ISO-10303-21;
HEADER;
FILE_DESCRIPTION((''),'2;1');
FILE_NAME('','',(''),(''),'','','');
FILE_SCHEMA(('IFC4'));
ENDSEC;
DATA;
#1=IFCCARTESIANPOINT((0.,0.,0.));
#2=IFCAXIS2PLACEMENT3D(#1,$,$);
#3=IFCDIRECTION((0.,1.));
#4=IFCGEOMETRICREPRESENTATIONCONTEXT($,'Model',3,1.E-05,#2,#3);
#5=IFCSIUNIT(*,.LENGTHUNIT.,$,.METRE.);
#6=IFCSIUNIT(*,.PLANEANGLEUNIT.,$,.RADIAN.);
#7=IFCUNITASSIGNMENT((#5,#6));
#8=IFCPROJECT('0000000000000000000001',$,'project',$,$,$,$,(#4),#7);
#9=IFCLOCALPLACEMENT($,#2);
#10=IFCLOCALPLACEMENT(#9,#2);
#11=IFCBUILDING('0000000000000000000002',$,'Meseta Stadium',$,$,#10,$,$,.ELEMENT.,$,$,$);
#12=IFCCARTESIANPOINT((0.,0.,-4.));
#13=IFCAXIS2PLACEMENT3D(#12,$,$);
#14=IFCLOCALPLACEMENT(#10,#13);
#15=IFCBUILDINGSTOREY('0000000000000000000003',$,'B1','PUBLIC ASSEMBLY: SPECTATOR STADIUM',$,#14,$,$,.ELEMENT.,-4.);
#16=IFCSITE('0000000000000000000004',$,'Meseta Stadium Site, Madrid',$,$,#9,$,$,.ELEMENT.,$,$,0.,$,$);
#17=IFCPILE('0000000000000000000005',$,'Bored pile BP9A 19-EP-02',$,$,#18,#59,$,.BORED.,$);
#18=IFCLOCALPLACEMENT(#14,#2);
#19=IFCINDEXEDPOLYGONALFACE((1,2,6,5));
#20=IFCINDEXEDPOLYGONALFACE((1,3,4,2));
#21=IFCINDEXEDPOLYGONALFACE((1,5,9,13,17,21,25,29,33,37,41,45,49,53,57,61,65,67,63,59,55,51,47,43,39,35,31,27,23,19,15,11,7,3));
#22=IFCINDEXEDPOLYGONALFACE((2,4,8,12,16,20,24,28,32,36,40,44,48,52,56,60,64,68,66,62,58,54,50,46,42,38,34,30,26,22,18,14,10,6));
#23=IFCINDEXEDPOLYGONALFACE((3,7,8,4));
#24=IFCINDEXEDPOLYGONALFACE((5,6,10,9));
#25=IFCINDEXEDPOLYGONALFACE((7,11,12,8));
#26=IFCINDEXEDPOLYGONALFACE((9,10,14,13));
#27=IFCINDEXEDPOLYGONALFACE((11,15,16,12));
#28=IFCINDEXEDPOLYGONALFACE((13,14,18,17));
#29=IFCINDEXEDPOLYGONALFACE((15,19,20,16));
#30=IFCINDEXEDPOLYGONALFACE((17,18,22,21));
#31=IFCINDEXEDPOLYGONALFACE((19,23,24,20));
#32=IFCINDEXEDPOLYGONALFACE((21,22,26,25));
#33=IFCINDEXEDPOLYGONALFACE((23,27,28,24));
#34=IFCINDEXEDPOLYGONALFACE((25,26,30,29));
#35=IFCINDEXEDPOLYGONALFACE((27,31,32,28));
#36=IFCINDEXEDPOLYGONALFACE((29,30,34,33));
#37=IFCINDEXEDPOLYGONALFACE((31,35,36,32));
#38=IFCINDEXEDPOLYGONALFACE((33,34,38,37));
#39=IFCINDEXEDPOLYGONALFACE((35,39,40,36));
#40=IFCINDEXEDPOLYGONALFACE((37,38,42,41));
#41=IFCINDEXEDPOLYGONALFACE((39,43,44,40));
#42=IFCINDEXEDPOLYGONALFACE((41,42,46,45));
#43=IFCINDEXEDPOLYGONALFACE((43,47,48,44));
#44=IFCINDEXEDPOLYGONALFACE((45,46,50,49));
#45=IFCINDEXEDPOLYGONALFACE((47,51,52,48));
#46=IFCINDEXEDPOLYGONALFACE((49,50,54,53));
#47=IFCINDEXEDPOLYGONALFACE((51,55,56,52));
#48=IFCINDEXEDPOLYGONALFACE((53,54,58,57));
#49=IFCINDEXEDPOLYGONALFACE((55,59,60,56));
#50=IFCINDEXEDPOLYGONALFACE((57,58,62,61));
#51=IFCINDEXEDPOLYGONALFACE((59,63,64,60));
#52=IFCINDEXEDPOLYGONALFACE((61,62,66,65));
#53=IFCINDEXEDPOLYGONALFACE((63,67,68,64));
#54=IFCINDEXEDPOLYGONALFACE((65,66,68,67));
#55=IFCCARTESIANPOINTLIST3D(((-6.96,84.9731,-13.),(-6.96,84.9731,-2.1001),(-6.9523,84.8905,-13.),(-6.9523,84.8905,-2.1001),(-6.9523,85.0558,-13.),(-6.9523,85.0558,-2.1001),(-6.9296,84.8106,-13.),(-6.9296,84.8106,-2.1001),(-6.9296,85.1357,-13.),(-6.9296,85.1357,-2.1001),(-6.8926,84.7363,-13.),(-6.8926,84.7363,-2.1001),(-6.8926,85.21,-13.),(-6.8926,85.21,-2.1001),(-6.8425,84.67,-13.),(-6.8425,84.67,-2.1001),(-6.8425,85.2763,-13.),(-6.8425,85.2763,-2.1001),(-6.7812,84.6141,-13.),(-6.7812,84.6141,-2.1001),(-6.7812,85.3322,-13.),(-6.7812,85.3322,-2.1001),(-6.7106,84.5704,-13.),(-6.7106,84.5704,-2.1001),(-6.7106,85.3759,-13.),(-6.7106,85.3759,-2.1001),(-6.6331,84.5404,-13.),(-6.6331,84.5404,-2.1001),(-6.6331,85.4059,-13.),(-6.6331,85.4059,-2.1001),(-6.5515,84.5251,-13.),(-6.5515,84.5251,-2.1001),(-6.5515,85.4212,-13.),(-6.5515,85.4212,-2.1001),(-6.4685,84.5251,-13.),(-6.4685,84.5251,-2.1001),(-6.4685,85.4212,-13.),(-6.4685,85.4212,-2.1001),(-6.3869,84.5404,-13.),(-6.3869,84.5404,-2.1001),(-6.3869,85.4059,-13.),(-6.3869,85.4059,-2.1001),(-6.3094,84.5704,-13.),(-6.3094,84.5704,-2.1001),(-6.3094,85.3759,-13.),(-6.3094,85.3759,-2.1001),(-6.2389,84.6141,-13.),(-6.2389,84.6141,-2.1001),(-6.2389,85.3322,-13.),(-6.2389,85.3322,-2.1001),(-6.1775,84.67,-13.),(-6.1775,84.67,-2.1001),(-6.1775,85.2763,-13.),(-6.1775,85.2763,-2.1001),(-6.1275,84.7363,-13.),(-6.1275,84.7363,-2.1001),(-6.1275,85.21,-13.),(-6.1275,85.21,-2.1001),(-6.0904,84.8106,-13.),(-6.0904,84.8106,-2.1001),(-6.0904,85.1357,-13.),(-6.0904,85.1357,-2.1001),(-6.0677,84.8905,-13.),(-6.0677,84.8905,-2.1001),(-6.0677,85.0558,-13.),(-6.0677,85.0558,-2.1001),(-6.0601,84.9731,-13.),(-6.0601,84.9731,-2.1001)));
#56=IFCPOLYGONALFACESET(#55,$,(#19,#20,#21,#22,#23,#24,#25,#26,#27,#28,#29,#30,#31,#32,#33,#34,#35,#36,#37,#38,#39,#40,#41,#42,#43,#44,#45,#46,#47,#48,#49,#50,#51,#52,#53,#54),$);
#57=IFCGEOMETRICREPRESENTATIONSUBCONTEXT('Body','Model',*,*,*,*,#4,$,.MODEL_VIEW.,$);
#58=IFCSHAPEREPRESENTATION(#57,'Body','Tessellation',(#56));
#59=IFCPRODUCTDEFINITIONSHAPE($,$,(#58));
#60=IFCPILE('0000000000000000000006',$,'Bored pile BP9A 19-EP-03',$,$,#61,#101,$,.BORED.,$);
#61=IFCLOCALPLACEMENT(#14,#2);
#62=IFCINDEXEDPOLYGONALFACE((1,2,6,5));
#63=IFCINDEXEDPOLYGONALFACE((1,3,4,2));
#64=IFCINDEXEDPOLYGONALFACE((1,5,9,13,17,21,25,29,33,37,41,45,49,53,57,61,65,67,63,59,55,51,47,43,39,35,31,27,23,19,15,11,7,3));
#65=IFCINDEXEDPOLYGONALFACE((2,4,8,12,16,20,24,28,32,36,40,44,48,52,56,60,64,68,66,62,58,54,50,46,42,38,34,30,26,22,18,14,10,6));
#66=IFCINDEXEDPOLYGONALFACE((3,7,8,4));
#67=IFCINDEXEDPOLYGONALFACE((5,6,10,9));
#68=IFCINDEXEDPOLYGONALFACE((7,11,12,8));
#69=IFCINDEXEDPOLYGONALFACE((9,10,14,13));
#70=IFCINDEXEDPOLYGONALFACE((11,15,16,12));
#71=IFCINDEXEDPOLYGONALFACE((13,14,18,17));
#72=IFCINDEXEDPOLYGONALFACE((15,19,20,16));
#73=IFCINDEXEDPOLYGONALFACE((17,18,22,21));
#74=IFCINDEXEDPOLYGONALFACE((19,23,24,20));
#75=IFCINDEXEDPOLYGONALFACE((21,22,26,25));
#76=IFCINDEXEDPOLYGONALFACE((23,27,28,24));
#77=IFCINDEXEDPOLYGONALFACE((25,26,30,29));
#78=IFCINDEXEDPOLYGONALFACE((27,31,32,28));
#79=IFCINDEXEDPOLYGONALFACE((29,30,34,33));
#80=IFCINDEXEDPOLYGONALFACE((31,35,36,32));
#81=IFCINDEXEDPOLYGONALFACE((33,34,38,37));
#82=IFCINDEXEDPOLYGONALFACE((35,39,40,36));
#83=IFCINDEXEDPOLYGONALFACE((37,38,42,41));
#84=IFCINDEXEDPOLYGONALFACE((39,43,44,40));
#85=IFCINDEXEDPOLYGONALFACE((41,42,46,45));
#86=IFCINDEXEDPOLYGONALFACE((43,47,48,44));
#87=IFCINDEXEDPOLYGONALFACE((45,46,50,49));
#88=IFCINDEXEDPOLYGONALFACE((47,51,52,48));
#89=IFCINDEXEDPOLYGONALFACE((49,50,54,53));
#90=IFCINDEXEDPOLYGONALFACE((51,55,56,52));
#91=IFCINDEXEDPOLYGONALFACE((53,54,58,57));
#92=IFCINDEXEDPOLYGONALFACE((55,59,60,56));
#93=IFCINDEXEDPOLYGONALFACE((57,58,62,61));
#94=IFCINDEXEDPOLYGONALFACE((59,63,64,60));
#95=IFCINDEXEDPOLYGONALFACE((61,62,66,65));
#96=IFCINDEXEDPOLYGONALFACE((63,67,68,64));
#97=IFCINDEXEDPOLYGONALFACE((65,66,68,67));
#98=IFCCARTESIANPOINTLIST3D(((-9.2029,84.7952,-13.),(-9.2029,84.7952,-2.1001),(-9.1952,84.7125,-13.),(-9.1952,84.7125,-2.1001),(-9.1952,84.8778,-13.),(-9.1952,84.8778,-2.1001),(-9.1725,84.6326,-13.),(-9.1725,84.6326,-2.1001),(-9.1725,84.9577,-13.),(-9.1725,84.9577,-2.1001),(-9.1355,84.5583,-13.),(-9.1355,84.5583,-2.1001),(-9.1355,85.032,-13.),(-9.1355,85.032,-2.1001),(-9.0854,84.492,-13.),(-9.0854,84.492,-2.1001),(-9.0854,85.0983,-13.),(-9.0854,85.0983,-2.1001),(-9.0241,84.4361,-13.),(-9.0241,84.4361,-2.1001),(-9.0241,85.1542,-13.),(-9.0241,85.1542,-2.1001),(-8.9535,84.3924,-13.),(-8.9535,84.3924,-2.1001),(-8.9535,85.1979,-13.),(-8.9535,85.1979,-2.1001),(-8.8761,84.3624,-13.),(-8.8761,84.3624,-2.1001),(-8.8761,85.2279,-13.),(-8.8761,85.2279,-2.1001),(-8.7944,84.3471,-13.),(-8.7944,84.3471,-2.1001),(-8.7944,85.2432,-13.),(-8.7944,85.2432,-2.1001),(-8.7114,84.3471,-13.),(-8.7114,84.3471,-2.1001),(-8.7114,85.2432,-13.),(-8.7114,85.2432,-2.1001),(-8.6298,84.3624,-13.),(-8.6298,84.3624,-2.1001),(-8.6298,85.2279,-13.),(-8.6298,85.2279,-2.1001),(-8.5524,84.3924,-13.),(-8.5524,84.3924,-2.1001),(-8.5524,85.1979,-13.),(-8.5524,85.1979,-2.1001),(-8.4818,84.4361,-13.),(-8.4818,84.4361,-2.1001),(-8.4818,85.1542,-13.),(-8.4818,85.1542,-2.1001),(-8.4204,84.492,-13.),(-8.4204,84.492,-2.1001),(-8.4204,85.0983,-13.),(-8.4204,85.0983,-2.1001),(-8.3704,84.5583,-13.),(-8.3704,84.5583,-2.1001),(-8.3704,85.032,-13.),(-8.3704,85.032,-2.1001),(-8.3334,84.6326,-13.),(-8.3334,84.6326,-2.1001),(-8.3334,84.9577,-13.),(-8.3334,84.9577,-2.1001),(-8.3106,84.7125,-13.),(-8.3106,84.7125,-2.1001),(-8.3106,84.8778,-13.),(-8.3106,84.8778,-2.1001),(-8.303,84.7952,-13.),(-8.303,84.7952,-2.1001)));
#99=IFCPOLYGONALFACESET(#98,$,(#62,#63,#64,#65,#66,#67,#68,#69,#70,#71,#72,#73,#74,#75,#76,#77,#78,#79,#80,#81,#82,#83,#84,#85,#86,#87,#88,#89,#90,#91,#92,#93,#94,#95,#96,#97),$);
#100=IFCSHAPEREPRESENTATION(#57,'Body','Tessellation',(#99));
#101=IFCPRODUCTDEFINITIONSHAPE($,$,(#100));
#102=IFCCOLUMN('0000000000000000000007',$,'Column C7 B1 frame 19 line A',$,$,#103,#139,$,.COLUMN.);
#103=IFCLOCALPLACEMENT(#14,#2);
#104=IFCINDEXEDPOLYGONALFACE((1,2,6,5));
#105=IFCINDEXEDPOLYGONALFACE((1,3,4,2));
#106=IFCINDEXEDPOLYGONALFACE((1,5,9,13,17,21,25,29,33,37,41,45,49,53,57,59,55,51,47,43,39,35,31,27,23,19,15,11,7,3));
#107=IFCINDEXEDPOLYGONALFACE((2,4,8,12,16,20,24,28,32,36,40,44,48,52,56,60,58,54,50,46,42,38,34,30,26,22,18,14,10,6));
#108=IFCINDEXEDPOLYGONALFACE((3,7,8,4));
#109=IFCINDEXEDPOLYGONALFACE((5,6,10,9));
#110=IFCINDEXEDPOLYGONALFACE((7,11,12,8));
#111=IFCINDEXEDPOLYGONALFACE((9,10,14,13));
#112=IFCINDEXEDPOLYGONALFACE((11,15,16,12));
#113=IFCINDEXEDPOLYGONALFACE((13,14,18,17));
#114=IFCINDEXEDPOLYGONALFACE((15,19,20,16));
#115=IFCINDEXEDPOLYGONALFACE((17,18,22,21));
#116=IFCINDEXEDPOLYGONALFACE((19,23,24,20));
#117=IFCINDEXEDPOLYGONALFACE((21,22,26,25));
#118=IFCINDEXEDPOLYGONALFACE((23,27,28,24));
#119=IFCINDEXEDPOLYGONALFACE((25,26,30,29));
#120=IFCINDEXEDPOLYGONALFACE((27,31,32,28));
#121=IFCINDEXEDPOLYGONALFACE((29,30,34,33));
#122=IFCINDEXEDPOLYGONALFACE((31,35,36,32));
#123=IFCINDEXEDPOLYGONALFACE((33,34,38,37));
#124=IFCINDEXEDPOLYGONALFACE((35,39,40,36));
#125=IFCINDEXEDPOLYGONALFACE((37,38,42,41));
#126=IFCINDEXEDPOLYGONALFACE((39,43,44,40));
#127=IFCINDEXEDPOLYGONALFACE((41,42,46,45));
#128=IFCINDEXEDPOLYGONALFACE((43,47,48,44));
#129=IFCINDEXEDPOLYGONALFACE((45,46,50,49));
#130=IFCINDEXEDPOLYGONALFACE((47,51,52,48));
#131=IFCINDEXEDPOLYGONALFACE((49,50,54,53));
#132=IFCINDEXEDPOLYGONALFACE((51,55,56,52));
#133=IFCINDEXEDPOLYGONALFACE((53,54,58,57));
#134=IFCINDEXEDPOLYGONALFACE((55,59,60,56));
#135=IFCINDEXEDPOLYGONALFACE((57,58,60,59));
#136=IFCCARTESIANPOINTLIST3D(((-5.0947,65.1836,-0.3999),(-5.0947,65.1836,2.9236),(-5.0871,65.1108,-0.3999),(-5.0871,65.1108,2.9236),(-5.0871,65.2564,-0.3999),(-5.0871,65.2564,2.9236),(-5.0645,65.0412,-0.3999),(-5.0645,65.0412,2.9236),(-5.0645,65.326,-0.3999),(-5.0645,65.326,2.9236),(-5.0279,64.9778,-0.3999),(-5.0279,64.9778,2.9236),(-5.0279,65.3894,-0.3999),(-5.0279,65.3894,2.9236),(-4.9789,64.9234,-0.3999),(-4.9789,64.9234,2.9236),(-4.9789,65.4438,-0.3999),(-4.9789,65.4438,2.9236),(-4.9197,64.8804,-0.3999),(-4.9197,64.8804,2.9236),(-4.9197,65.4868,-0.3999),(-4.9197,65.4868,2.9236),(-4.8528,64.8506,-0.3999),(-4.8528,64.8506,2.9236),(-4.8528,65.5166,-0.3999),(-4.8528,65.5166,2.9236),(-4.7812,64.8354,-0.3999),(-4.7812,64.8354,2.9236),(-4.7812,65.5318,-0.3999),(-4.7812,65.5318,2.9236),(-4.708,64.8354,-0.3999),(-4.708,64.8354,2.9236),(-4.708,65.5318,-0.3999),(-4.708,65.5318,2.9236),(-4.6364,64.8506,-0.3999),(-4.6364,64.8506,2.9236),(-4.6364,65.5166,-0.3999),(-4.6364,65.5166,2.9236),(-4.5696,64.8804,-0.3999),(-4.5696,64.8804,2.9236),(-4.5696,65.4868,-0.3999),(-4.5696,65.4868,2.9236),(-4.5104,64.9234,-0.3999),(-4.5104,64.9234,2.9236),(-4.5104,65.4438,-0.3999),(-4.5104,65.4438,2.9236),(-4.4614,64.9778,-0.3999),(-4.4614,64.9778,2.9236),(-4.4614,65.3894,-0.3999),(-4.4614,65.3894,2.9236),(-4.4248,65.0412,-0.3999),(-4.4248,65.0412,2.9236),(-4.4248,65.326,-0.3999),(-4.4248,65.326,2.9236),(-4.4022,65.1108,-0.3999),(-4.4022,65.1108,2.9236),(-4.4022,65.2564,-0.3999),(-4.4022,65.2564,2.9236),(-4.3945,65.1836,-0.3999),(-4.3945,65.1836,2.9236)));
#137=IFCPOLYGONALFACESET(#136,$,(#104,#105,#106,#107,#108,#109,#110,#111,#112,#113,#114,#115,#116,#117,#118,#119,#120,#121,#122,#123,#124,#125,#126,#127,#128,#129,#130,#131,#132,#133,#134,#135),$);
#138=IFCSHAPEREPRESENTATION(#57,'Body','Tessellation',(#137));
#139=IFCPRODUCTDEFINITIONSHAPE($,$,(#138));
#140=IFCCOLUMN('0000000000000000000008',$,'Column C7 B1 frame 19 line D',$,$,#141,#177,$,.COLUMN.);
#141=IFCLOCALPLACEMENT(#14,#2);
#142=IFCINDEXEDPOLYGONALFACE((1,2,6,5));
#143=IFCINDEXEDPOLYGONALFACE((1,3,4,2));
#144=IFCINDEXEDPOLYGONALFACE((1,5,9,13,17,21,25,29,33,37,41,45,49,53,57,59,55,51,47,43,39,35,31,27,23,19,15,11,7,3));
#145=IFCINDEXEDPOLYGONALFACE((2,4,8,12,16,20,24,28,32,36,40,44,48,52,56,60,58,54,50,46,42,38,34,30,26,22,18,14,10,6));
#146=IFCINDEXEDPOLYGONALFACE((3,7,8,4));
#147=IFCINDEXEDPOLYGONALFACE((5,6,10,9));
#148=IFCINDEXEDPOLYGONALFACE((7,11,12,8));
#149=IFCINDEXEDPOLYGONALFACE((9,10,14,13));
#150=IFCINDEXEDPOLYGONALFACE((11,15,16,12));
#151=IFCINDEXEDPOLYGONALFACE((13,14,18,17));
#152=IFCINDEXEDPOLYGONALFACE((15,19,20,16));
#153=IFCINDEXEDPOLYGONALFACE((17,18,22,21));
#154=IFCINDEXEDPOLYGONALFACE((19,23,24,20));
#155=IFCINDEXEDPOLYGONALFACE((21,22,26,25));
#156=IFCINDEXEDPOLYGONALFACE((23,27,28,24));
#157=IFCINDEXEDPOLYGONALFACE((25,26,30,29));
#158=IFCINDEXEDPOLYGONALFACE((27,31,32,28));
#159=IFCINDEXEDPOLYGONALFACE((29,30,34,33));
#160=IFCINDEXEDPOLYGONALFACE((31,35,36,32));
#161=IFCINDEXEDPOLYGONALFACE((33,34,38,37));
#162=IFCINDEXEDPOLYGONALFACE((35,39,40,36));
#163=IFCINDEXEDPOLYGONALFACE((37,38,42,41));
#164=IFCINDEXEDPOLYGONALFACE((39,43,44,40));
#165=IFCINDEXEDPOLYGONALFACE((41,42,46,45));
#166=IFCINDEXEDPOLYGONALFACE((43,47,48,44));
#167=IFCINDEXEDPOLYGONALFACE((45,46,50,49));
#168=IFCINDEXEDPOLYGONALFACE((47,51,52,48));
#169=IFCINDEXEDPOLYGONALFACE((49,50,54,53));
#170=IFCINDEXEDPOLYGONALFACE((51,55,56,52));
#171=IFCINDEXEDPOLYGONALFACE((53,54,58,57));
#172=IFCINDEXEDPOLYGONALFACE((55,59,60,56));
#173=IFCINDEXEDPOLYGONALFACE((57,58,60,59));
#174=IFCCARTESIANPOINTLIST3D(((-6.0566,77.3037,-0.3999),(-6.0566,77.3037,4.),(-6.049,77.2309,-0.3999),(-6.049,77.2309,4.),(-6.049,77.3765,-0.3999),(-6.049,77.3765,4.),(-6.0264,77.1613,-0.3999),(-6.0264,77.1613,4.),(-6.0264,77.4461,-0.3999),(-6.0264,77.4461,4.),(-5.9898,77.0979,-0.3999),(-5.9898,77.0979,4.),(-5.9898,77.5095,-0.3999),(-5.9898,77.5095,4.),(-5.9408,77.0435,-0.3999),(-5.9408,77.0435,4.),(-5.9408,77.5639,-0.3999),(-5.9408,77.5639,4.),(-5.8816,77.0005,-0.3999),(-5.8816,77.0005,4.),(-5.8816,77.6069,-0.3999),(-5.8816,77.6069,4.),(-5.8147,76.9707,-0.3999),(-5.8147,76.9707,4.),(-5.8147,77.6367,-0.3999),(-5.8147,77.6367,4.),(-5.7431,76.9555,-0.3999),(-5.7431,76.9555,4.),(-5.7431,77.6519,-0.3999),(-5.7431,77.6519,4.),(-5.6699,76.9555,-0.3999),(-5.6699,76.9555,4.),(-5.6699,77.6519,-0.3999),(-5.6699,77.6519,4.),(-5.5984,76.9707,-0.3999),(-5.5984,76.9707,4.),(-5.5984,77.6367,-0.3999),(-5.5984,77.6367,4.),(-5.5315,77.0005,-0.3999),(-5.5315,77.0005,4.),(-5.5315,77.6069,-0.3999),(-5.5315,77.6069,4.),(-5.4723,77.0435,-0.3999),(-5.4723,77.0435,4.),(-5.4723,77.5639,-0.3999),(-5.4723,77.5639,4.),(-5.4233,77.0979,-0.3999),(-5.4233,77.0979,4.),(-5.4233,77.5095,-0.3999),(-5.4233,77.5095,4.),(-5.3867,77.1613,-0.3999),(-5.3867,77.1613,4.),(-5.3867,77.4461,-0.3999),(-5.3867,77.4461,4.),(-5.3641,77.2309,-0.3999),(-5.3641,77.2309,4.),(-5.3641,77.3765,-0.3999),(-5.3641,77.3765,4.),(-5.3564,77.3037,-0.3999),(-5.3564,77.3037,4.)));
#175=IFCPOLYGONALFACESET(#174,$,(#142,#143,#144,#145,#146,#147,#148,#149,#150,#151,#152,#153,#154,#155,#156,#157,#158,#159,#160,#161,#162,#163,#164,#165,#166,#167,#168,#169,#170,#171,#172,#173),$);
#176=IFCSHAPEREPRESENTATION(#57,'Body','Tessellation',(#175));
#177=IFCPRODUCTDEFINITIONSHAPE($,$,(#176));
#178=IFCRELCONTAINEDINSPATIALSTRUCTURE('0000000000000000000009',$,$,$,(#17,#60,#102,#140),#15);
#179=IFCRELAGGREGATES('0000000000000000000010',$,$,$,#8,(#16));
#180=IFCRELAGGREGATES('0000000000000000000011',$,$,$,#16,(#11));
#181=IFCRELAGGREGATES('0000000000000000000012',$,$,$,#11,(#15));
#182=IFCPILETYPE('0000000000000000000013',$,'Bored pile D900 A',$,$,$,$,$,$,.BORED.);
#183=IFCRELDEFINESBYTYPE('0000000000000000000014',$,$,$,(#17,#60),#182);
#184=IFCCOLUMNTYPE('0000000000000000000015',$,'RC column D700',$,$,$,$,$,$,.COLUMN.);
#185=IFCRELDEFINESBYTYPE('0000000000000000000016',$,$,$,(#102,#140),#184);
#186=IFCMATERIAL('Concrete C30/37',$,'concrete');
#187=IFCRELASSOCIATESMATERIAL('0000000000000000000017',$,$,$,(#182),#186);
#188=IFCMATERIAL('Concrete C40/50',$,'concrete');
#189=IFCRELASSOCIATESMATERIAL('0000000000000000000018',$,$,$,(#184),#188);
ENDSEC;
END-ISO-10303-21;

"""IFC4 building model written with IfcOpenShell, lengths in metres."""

from ifc_helpers import new_model, si_unit, direction, frame, origin, origin_2d, place, context, subcontext, project, spatial, circle, extrude, material, material_profile, profile_set, type_object, element, save


model = new_model("IFC4")

# Units and contexts
model_context = context("Model", 3, precision=1e-05, world=origin(), true_north=direction((0.0, 1.0)))
body_context = subcontext(model_context, "Body", "Model", "MODEL_VIEW")
ifc_project = project(units=[si_unit("LENGTHUNIT", "METRE"), si_unit("PLANEANGLEUNIT", "RADIAN")], contexts=[model_context])

# Site, building, storey
site_placement = place(None, origin())
site = spatial("IfcSite", under=ifc_project, at=site_placement, Name="Meseta Stadium Site, Madrid", CompositionType="ELEMENT", RefElevation=0.0)
building_placement = place(site_placement, origin())
building = spatial("IfcBuilding", under=site, at=building_placement, Name="Meseta Stadium", CompositionType="ELEMENT")
storey_placement = place(building_placement, frame((0.0, 0.0, -4.0)))
storey = spatial("IfcBuildingStorey", under=building, at=storey_placement, Name="B1", Description="PUBLIC ASSEMBLY: SPECTATOR STADIUM", CompositionType="ELEMENT", Elevation=-4.0)

# Piles
ifc_material_1 = material(Name="Concrete C30/37", Category="concrete")
ifc_material_profile_1 = material_profile(ifc_material_1, circle(Radius=0.45, at=origin_2d()), Name="D900")
ifc_profile_set_1 = profile_set([ifc_material_profile_1], Name="Concrete C30/37")
pile_type = type_object("IfcPileType", Name="Bored pile D900 A", PredefinedType="BORED", material=ifc_profile_set_1)
for number, where, z_axis, x_axis, name in (
    (1, (-6.51, 84.9731, -2.1001), (0.0, 0.0, -1.0), (1.0, 0.0, 0.0), "Bored pile BP9A 19-EP-02"),
    (2, (-8.7529, 84.7952, -2.1001), (0.0, 0.0, -1.0), (1.0, 0.0, 0.0), "Bored pile BP9A 19-EP-03"),
):
    element("IfcPile", number, at=place(storey_placement, frame(where, z_axis=z_axis, x_axis=x_axis)), inside=storey, type_object=pile_type, Name=name, PredefinedType="BORED", context=body_context, shape_type="SweptSolid", body=[
        extrude(circle(Radius=0.45, at=origin_2d()), origin(), (0.0, 0.0, 1.0), 10.8999),
    ])

# Columns
ifc_material_2 = material(Name="Concrete C40/50", Category="concrete")
ifc_material_profile_2 = material_profile(ifc_material_2, circle(Radius=0.3501, at=origin_2d()), Name="RC D700")
ifc_profile_set_2 = profile_set([ifc_material_profile_2], Name="Concrete C40/50")
column_type_1 = type_object("IfcColumnType", Name="RC column D700", PredefinedType="COLUMN", material=ifc_profile_set_2)
column_1_placement = place(storey_placement, frame((-4.7446, 65.1836, -0.3999), z_axis=(0.0, 0.0, 1.0), x_axis=(1.0, 0.0, 0.0)))
element("IfcColumn", 3, at=column_1_placement, inside=storey, type_object=column_type_1, Name="Column C7 B1 frame 19 line A", PredefinedType="COLUMN", context=body_context, shape_type="SweptSolid", body=[
    extrude(circle(Radius=0.3501, at=origin_2d()), origin(), (0.0, 0.0, 1.0), 3.3235),
])
column_2_placement = place(storey_placement, frame((-5.7065, 77.3037, -0.3999), z_axis=(0.0, 0.0, 1.0), x_axis=(1.0, 0.0, 0.0)))
element("IfcColumn", 4, at=column_2_placement, inside=storey, type_object=column_type_1, Name="Column C7 B1 frame 19 line D", PredefinedType="COLUMN", context=body_context, shape_type="SweptSolid", body=[
    extrude(circle(Radius=0.3501, at=origin_2d()), origin(), (0.0, 0.0, 1.0), 4.3999),
])

save(model, "model.ifc")
